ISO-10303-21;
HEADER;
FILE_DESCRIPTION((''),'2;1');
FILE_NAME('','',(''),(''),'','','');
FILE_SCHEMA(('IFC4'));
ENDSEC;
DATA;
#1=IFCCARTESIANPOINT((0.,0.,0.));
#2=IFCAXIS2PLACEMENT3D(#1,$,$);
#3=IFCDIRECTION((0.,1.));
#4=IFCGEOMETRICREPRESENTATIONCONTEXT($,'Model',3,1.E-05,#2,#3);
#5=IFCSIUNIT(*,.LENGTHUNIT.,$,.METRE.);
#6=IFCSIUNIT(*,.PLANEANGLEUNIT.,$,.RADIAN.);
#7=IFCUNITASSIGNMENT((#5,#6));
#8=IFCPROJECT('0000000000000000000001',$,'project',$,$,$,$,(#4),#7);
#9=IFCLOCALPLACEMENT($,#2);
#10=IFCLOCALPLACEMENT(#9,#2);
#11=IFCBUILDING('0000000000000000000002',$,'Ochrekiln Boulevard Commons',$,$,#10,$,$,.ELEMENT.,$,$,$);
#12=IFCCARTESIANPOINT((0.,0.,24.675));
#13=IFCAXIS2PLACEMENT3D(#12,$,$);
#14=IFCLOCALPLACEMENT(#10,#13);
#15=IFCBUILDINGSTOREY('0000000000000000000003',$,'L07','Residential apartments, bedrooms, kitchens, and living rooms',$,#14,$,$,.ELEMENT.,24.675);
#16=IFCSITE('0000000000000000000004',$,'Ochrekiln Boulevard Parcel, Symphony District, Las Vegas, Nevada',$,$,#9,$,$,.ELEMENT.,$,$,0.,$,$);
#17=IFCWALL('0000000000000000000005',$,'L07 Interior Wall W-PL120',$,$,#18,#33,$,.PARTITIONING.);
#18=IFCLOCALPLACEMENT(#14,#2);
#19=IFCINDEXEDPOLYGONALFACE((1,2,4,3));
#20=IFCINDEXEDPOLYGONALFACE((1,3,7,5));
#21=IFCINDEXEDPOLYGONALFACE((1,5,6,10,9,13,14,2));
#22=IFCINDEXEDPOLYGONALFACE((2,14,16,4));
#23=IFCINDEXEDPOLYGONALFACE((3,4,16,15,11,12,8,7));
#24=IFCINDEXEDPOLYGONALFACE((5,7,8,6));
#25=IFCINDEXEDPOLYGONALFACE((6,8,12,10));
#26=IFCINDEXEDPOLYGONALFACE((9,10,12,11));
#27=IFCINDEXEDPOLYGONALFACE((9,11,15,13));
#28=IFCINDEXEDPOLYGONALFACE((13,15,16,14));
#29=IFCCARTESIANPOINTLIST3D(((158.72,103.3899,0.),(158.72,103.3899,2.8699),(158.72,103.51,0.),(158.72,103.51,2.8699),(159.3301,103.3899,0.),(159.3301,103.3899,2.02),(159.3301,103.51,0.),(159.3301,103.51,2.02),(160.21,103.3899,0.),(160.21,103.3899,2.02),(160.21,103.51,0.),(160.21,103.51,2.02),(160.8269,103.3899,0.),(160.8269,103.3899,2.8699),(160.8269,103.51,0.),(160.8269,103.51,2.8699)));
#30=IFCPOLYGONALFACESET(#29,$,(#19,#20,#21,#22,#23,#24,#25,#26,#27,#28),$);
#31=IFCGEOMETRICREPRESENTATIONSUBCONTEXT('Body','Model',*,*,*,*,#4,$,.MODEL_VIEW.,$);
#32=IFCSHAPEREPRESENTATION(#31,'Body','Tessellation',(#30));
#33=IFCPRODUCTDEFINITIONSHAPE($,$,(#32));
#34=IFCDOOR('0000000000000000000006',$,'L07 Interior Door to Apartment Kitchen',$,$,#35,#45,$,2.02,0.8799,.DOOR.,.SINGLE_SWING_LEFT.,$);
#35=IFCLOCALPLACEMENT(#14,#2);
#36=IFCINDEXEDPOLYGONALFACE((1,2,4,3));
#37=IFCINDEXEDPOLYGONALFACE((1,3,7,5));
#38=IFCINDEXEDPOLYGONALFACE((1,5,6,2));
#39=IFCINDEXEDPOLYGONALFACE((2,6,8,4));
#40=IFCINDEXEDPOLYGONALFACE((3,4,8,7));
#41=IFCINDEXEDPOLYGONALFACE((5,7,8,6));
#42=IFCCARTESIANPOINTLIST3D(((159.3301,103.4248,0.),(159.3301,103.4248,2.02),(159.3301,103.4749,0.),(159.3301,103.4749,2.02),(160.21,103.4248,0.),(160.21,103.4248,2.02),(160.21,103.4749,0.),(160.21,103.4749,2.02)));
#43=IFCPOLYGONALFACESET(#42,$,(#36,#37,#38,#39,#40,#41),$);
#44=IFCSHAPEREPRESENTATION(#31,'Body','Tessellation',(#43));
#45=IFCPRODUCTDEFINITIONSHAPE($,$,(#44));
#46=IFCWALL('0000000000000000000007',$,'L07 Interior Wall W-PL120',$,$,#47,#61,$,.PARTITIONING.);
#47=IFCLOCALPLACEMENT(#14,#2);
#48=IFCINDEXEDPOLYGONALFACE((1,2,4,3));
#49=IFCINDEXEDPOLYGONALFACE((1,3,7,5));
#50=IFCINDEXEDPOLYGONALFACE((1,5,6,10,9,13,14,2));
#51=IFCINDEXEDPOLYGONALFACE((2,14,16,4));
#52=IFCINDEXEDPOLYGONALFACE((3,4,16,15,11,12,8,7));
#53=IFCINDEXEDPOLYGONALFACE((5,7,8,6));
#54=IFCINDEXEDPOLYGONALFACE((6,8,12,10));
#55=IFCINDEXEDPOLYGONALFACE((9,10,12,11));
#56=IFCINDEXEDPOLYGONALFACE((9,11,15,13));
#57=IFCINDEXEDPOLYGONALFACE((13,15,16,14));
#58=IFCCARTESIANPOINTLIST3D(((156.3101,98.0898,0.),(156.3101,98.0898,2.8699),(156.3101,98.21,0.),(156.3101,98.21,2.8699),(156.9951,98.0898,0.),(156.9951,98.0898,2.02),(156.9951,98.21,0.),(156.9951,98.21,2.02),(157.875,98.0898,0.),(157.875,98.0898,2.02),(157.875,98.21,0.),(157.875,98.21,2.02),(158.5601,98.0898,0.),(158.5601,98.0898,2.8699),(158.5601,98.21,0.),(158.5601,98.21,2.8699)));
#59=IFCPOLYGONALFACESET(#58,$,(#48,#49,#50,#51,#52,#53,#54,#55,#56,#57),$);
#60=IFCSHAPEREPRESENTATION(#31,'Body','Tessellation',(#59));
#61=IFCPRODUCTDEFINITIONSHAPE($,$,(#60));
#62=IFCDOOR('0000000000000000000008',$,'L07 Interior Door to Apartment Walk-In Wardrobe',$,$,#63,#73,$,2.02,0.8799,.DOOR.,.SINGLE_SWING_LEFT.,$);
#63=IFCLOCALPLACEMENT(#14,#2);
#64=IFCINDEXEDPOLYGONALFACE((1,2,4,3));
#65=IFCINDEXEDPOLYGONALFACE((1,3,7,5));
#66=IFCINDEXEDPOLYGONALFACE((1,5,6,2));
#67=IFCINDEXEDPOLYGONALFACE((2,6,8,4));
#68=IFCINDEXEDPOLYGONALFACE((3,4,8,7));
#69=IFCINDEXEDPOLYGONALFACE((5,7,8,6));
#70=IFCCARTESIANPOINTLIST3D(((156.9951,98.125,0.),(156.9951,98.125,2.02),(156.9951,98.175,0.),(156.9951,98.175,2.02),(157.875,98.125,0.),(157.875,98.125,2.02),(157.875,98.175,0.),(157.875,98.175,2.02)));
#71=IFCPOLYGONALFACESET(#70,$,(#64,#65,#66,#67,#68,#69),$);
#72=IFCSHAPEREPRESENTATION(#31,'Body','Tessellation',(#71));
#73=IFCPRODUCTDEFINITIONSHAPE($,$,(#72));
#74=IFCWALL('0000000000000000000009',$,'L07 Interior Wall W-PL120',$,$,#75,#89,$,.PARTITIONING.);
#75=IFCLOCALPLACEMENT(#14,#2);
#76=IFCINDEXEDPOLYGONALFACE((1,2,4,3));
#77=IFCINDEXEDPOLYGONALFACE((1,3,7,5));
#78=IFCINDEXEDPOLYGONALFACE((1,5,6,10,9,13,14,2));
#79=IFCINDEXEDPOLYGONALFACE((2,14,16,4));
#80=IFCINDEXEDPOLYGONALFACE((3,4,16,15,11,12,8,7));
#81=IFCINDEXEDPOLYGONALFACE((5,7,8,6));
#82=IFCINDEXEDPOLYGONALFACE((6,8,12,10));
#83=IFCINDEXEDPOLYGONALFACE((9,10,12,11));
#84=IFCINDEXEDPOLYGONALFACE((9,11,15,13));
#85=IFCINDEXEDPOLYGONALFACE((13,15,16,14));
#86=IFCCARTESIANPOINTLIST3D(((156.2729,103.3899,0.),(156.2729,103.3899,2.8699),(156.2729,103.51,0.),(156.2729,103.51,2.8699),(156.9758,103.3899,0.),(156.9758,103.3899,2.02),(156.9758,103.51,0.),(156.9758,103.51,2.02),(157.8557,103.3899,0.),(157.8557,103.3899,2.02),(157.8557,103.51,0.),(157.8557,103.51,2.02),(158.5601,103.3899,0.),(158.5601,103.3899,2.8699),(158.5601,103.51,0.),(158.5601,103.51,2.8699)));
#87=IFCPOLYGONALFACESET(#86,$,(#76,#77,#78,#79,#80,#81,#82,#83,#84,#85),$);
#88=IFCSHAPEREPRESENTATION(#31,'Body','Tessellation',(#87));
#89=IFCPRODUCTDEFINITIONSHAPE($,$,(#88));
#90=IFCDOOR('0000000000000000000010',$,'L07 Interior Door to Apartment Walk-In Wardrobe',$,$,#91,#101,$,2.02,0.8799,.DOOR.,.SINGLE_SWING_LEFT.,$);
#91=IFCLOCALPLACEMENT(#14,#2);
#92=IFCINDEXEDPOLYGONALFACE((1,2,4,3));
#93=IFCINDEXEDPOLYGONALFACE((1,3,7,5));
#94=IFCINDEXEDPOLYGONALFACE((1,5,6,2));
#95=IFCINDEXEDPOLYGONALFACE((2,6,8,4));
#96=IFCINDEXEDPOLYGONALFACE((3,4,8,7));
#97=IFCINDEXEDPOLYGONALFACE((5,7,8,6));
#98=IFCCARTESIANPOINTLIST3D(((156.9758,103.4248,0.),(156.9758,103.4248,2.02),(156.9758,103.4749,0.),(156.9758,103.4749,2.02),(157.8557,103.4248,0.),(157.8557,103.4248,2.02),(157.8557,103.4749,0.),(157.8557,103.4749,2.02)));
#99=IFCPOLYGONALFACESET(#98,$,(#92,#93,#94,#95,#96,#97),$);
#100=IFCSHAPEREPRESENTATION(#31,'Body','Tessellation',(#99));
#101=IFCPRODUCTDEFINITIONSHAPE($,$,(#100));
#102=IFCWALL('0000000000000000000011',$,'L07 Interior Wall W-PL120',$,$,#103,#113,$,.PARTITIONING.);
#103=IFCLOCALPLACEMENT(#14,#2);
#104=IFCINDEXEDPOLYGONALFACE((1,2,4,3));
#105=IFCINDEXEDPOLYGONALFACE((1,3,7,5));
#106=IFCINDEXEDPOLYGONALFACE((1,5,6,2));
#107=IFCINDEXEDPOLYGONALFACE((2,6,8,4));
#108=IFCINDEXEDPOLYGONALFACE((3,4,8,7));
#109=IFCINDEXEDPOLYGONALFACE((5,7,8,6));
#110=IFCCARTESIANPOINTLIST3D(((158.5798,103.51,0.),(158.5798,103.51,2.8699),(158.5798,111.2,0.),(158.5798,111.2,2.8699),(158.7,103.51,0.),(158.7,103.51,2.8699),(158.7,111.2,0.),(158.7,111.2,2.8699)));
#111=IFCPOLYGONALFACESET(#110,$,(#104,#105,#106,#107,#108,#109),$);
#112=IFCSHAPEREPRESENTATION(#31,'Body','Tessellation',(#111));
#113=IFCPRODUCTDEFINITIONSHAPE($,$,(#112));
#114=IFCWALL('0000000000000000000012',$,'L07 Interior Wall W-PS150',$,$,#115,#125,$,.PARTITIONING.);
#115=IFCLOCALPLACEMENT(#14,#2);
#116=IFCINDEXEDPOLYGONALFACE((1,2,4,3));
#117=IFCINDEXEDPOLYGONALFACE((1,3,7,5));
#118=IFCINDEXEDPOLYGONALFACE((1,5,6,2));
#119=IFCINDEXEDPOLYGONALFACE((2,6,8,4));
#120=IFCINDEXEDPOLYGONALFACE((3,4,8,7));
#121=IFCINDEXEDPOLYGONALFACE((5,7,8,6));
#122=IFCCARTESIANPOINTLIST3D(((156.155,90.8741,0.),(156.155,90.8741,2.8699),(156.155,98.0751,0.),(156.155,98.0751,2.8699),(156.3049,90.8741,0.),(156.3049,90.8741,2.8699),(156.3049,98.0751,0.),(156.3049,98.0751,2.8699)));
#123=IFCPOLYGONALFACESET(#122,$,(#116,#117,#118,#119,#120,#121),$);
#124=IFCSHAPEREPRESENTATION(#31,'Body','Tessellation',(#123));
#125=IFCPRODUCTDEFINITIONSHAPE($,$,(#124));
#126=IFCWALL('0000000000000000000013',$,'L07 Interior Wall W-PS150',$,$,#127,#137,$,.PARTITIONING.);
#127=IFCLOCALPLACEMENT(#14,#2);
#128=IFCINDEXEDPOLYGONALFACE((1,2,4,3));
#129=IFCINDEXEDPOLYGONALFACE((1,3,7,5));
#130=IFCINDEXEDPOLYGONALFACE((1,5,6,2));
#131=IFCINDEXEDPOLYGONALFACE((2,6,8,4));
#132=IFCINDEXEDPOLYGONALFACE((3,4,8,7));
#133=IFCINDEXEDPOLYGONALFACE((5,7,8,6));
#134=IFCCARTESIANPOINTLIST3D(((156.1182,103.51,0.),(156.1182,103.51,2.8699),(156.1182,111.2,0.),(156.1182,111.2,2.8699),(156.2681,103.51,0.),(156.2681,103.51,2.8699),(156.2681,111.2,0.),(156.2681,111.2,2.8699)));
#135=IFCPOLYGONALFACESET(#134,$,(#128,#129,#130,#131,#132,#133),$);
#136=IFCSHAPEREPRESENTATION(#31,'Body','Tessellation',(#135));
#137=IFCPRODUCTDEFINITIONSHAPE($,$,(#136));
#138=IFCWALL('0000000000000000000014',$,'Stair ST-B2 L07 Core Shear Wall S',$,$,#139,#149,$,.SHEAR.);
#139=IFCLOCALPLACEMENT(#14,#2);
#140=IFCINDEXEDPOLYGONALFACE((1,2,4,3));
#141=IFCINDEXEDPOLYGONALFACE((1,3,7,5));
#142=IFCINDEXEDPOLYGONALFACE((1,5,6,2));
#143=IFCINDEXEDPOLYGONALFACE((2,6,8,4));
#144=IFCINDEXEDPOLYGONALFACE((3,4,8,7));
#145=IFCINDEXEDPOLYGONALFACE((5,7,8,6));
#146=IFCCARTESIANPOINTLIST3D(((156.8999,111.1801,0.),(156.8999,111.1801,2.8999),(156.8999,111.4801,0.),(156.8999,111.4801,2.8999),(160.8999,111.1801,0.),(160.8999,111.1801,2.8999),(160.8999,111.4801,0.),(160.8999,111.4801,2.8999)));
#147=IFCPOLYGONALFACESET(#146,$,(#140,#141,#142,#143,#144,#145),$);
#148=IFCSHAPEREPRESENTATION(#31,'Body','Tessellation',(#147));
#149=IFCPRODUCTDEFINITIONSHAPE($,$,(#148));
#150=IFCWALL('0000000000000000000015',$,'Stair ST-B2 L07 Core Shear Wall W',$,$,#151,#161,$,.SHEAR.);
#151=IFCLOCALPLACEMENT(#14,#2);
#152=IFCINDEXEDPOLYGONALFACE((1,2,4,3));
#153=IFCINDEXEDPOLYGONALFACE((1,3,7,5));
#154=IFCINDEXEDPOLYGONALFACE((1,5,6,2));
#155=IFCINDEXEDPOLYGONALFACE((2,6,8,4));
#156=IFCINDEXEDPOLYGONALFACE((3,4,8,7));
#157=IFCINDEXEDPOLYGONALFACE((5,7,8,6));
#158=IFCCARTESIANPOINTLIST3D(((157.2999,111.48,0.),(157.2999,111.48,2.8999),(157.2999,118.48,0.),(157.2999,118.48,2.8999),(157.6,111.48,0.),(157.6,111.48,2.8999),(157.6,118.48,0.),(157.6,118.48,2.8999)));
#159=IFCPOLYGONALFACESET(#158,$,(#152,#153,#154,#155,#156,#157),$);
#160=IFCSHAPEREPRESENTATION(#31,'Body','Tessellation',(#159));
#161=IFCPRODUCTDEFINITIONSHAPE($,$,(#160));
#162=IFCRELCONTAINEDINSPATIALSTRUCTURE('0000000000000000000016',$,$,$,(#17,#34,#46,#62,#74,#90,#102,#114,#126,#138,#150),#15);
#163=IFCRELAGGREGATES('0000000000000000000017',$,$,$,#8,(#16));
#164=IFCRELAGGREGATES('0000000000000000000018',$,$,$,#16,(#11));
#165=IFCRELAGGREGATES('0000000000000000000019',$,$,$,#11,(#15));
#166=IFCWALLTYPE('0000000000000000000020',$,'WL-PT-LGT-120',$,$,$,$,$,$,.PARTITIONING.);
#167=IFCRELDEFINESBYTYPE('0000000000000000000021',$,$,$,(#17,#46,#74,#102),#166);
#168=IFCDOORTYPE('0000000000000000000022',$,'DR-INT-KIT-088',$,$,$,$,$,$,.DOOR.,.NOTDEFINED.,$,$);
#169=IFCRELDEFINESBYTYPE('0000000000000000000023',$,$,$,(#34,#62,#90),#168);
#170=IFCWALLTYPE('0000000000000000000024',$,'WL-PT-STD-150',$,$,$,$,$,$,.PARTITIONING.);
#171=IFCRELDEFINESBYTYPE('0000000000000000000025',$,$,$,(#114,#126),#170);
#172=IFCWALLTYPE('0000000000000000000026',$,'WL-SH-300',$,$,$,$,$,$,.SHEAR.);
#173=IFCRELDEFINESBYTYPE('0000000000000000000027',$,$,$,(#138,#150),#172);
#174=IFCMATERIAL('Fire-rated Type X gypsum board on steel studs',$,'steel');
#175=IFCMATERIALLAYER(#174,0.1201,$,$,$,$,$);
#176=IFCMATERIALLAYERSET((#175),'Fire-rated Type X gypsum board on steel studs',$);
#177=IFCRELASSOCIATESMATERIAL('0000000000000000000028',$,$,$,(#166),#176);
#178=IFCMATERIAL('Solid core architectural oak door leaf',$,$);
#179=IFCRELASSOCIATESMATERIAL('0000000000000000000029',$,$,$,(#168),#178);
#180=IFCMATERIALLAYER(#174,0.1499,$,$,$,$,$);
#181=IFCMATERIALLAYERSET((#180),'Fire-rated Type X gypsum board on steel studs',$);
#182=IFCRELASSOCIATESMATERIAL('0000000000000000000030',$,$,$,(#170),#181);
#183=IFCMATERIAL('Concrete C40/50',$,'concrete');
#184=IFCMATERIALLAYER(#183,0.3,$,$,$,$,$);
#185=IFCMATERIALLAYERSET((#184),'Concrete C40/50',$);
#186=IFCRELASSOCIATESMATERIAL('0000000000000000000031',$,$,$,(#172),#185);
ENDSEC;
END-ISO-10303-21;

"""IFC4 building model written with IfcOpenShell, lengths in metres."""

from ifc_helpers import new_model, si_unit, direction, frame, frame_2d, origin, place, context, subcontext, project, spatial, rectangle, extrude, material, layer, layer_set, type_object, element, fill, save


model = new_model("IFC4")

# Units and contexts
model_context = context("Model", 3, precision=1e-05, world=origin(), true_north=direction((0.0, 1.0)))
body_context = subcontext(model_context, "Body", "Model", "MODEL_VIEW")
ifc_project = project(units=[si_unit("LENGTHUNIT", "METRE"), si_unit("PLANEANGLEUNIT", "RADIAN")], contexts=[model_context])

# Site, building, storey
site_placement = place(None, origin())
site = spatial("IfcSite", under=ifc_project, at=site_placement, Name="Ochrekiln Boulevard Parcel, Symphony District, Las Vegas, Nevada", CompositionType="ELEMENT", RefElevation=0.0)
building_placement = place(site_placement, origin())
building = spatial("IfcBuilding", under=site, at=building_placement, Name="Ochrekiln Boulevard Commons", CompositionType="ELEMENT")
storey_placement = place(building_placement, frame((0.0, 0.0, 24.675)))
storey = spatial("IfcBuildingStorey", under=building, at=storey_placement, Name="L07", Description="Residential apartments, bedrooms, kitchens, and living rooms", CompositionType="ELEMENT", Elevation=24.675)

# Shared definitions
ifc_material_1 = material(Name="Concrete C40/50", Category="concrete")

# Walls, openings, doors
ifc_material_2 = material(Name="Solid core architectural oak door leaf")
ifc_material_3 = material(Name="Fire-rated Type X gypsum board on steel studs", Category="steel")
ifc_layer_1 = layer(ifc_material_3, 0.1201)
ifc_layer_set_1 = layer_set([ifc_layer_1], Name="Fire-rated Type X gypsum board on steel studs")
wall_type_1 = type_object("IfcWallType", Name="WL-PT-LGT-120", PredefinedType="PARTITIONING", material=ifc_layer_set_1)
wall_1_placement = place(storey_placement, frame((158.72, 103.45, 0.0), z_axis=(0.0, 0.0, 1.0), x_axis=(1.0, 0.0, 0.0)))
wall_1 = element("IfcWall", 1, at=wall_1_placement, inside=storey, type_object=wall_type_1, Name="L07 Interior Wall W-PL120", PredefinedType="PARTITIONING", context=body_context, shape_type="SweptSolid", body=[
    extrude(rectangle(XDim=2.1069, YDim=0.1201, at=frame_2d((1.0535, 0.0))), origin(), (0.0, 0.0, 1.0), 2.8699),
])
opening_1_placement = place(wall_1_placement, frame((0.6101, 0.0, 0.0)))
opening_1 = element("IfcOpeningElement", 2, at=opening_1_placement, cuts=wall_1, PredefinedType="OPENING", context=body_context, shape_type="SweptSolid", body=[
    extrude(rectangle(XDim=0.8799, YDim=2.02, at=frame_2d((0.4399, 1.01))), frame((0.0, 0.0701, 0.0), z_axis=(0.0, -1.0, 0.0), x_axis=(1.0, 0.0, 0.0)), (0.0, 0.0, 1.0), 0.1401),
])
door_type_1 = type_object("IfcDoorType", Name="DR-INT-KIT-088", OperationType="NOTDEFINED", PredefinedType="DOOR", material=ifc_material_2)
door_1_placement = place(opening_1_placement, origin())
door_1 = element("IfcDoor", 3, at=door_1_placement, inside=storey, type_object=door_type_1, Name="L07 Interior Door to Apartment Kitchen", OperationType="SINGLE_SWING_LEFT", OverallHeight=2.02, OverallWidth=0.8799, PredefinedType="DOOR", context=body_context, shape_type="SweptSolid", body=[
    extrude(rectangle(XDim=0.8799, YDim=2.02, at=frame_2d((0.4399, 1.01))), frame((0.0, 0.0249, 0.0), z_axis=(0.0, -1.0, 0.0), x_axis=(1.0, 0.0, 0.0)), (0.0, 0.0, 1.0), 0.05),
])
fill(opening_1, door_1)
wall_2_placement = place(storey_placement, frame((156.3101, 98.1499, 0.0), z_axis=(0.0, 0.0, 1.0), x_axis=(1.0, 0.0, 0.0)))
wall_2 = element("IfcWall", 4, at=wall_2_placement, inside=storey, type_object=wall_type_1, Name="L07 Interior Wall W-PL120", PredefinedType="PARTITIONING", context=body_context, shape_type="SweptSolid", body=[
    extrude(rectangle(XDim=2.25, YDim=0.1201, at=frame_2d((1.125, 0.0))), origin(), (0.0, 0.0, 1.0), 2.8699),
])
opening_2_placement = place(wall_2_placement, frame((0.6851, 0.0, 0.0)))
opening_2 = element("IfcOpeningElement", 5, at=opening_2_placement, cuts=wall_2, PredefinedType="OPENING", context=body_context, shape_type="SweptSolid", body=[
    extrude(rectangle(XDim=0.8799, YDim=2.02, at=frame_2d((0.4399, 1.01))), frame((0.0, 0.0701, 0.0), z_axis=(0.0, -1.0, 0.0), x_axis=(1.0, 0.0, 0.0)), (0.0, 0.0, 1.0), 0.1401),
])
door_2_placement = place(opening_2_placement, frame((0.8799, 0.0, 0.0), z_axis=(0.0, 0.0, 1.0), x_axis=(-1.0, 0.0, 0.0)))
door_2 = element("IfcDoor", 6, at=door_2_placement, inside=storey, type_object=door_type_1, Name="L07 Interior Door to Apartment Walk-In Wardrobe", OperationType="SINGLE_SWING_LEFT", OverallHeight=2.02, OverallWidth=0.8799, PredefinedType="DOOR", context=body_context, shape_type="SweptSolid", body=[
    extrude(rectangle(XDim=0.8799, YDim=2.02, at=frame_2d((0.4399, 1.01))), frame((0.0, 0.0249, 0.0), z_axis=(0.0, -1.0, 0.0), x_axis=(1.0, 0.0, 0.0)), (0.0, 0.0, 1.0), 0.05),
])
fill(opening_2, door_2)
wall_3_placement = place(storey_placement, frame((156.2729, 103.45, 0.0), z_axis=(0.0, 0.0, 1.0), x_axis=(1.0, 0.0, 0.0)))
wall_3 = element("IfcWall", 7, at=wall_3_placement, inside=storey, type_object=wall_type_1, Name="L07 Interior Wall W-PL120", PredefinedType="PARTITIONING", context=body_context, shape_type="SweptSolid", body=[
    extrude(rectangle(XDim=2.2871, YDim=0.1201, at=frame_2d((1.1436, 0.0))), origin(), (0.0, 0.0, 1.0), 2.8699),
])
opening_3_placement = place(wall_3_placement, frame((0.7029, 0.0, 0.0)))
opening_3 = element("IfcOpeningElement", 8, at=opening_3_placement, cuts=wall_3, PredefinedType="OPENING", context=body_context, shape_type="SweptSolid", body=[
    extrude(rectangle(XDim=0.8799, YDim=2.02, at=frame_2d((0.4399, 1.01))), frame((0.0, 0.0701, 0.0), z_axis=(0.0, -1.0, 0.0), x_axis=(1.0, 0.0, 0.0)), (0.0, 0.0, 1.0), 0.1401),
])
door_3_placement = place(opening_3_placement, origin())
door_3 = element("IfcDoor", 9, at=door_3_placement, inside=storey, type_object=door_type_1, Name="L07 Interior Door to Apartment Walk-In Wardrobe", OperationType="SINGLE_SWING_LEFT", OverallHeight=2.02, OverallWidth=0.8799, PredefinedType="DOOR", context=body_context, shape_type="SweptSolid", body=[
    extrude(rectangle(XDim=0.8799, YDim=2.02, at=frame_2d((0.4399, 1.01))), frame((0.0, 0.0249, 0.0), z_axis=(0.0, -1.0, 0.0), x_axis=(1.0, 0.0, 0.0)), (0.0, 0.0, 1.0), 0.05),
])
fill(opening_3, door_3)

# Walls
wall_4_placement = place(storey_placement, frame((158.6399, 103.51, 0.0), z_axis=(0.0, 0.0, 1.0), x_axis=(0.0, 1.0, 0.0)))
element("IfcWall", 10, at=wall_4_placement, inside=storey, type_object=wall_type_1, Name="L07 Interior Wall W-PL120", PredefinedType="PARTITIONING", context=body_context, shape_type="SweptSolid", body=[
    extrude(rectangle(XDim=7.6899, YDim=0.1201, at=frame_2d((3.845, 0.0))), origin(), (0.0, 0.0, 1.0), 2.8699),
])
ifc_layer_2 = layer(ifc_material_3, 0.1499)
ifc_layer_set_2 = layer_set([ifc_layer_2], Name="Fire-rated Type X gypsum board on steel studs")
wall_type_2 = type_object("IfcWallType", Name="WL-PT-STD-150", PredefinedType="PARTITIONING", material=ifc_layer_set_2)
wall_5_placement = place(storey_placement, frame((156.23, 90.874, 0.0), z_axis=(0.0, 0.0, 1.0), x_axis=(0.0, 1.0, 0.0)))
element("IfcWall", 11, at=wall_5_placement, inside=storey, type_object=wall_type_2, Name="L07 Interior Wall W-PS150", PredefinedType="PARTITIONING", context=body_context, shape_type="SweptSolid", body=[
    extrude(rectangle(XDim=7.2009, YDim=0.1499, at=frame_2d((3.6006, 0.0))), origin(), (0.0, 0.0, 1.0), 2.8699),
])
wall_6_placement = place(storey_placement, frame((156.1931, 103.51, 0.0), z_axis=(0.0, 0.0, 1.0), x_axis=(0.0, 1.0, 0.0)))
element("IfcWall", 12, at=wall_6_placement, inside=storey, type_object=wall_type_2, Name="L07 Interior Wall W-PS150", PredefinedType="PARTITIONING", context=body_context, shape_type="SweptSolid", body=[
    extrude(rectangle(XDim=7.6899, YDim=0.1499, at=frame_2d((3.845, 0.0))), origin(), (0.0, 0.0, 1.0), 2.8699),
])
ifc_layer_3 = layer(ifc_material_1, 0.3)
ifc_layer_set_3 = layer_set([ifc_layer_3], Name="Concrete C40/50")
wall_type_3 = type_object("IfcWallType", Name="WL-SH-300", PredefinedType="SHEAR", material=ifc_layer_set_3)
wall_7_placement = place(storey_placement, frame((156.8999, 111.3301, 0.0), z_axis=(0.0, 0.0, 1.0), x_axis=(1.0, 0.0, 0.0)))
element("IfcWall", 13, at=wall_7_placement, inside=storey, type_object=wall_type_3, Name="Stair ST-B2 L07 Core Shear Wall S", PredefinedType="SHEAR", context=body_context, shape_type="SweptSolid", body=[
    extrude(rectangle(XDim=4.0, YDim=0.3, at=frame_2d((2.0, 0.0))), origin(), (0.0, 0.0, 1.0), 2.8999),
])
wall_8_placement = place(storey_placement, frame((157.45, 111.48, 0.0), z_axis=(0.0, 0.0, 1.0), x_axis=(0.0, 1.0, 0.0)))
element("IfcWall", 14, at=wall_8_placement, inside=storey, type_object=wall_type_3, Name="Stair ST-B2 L07 Core Shear Wall W", PredefinedType="SHEAR", context=body_context, shape_type="SweptSolid", body=[
    extrude(rectangle(XDim=7.0, YDim=0.3, at=frame_2d((3.5, 0.0))), origin(), (0.0, 0.0, 1.0), 2.8999),
])

save(model, "model.ifc")
